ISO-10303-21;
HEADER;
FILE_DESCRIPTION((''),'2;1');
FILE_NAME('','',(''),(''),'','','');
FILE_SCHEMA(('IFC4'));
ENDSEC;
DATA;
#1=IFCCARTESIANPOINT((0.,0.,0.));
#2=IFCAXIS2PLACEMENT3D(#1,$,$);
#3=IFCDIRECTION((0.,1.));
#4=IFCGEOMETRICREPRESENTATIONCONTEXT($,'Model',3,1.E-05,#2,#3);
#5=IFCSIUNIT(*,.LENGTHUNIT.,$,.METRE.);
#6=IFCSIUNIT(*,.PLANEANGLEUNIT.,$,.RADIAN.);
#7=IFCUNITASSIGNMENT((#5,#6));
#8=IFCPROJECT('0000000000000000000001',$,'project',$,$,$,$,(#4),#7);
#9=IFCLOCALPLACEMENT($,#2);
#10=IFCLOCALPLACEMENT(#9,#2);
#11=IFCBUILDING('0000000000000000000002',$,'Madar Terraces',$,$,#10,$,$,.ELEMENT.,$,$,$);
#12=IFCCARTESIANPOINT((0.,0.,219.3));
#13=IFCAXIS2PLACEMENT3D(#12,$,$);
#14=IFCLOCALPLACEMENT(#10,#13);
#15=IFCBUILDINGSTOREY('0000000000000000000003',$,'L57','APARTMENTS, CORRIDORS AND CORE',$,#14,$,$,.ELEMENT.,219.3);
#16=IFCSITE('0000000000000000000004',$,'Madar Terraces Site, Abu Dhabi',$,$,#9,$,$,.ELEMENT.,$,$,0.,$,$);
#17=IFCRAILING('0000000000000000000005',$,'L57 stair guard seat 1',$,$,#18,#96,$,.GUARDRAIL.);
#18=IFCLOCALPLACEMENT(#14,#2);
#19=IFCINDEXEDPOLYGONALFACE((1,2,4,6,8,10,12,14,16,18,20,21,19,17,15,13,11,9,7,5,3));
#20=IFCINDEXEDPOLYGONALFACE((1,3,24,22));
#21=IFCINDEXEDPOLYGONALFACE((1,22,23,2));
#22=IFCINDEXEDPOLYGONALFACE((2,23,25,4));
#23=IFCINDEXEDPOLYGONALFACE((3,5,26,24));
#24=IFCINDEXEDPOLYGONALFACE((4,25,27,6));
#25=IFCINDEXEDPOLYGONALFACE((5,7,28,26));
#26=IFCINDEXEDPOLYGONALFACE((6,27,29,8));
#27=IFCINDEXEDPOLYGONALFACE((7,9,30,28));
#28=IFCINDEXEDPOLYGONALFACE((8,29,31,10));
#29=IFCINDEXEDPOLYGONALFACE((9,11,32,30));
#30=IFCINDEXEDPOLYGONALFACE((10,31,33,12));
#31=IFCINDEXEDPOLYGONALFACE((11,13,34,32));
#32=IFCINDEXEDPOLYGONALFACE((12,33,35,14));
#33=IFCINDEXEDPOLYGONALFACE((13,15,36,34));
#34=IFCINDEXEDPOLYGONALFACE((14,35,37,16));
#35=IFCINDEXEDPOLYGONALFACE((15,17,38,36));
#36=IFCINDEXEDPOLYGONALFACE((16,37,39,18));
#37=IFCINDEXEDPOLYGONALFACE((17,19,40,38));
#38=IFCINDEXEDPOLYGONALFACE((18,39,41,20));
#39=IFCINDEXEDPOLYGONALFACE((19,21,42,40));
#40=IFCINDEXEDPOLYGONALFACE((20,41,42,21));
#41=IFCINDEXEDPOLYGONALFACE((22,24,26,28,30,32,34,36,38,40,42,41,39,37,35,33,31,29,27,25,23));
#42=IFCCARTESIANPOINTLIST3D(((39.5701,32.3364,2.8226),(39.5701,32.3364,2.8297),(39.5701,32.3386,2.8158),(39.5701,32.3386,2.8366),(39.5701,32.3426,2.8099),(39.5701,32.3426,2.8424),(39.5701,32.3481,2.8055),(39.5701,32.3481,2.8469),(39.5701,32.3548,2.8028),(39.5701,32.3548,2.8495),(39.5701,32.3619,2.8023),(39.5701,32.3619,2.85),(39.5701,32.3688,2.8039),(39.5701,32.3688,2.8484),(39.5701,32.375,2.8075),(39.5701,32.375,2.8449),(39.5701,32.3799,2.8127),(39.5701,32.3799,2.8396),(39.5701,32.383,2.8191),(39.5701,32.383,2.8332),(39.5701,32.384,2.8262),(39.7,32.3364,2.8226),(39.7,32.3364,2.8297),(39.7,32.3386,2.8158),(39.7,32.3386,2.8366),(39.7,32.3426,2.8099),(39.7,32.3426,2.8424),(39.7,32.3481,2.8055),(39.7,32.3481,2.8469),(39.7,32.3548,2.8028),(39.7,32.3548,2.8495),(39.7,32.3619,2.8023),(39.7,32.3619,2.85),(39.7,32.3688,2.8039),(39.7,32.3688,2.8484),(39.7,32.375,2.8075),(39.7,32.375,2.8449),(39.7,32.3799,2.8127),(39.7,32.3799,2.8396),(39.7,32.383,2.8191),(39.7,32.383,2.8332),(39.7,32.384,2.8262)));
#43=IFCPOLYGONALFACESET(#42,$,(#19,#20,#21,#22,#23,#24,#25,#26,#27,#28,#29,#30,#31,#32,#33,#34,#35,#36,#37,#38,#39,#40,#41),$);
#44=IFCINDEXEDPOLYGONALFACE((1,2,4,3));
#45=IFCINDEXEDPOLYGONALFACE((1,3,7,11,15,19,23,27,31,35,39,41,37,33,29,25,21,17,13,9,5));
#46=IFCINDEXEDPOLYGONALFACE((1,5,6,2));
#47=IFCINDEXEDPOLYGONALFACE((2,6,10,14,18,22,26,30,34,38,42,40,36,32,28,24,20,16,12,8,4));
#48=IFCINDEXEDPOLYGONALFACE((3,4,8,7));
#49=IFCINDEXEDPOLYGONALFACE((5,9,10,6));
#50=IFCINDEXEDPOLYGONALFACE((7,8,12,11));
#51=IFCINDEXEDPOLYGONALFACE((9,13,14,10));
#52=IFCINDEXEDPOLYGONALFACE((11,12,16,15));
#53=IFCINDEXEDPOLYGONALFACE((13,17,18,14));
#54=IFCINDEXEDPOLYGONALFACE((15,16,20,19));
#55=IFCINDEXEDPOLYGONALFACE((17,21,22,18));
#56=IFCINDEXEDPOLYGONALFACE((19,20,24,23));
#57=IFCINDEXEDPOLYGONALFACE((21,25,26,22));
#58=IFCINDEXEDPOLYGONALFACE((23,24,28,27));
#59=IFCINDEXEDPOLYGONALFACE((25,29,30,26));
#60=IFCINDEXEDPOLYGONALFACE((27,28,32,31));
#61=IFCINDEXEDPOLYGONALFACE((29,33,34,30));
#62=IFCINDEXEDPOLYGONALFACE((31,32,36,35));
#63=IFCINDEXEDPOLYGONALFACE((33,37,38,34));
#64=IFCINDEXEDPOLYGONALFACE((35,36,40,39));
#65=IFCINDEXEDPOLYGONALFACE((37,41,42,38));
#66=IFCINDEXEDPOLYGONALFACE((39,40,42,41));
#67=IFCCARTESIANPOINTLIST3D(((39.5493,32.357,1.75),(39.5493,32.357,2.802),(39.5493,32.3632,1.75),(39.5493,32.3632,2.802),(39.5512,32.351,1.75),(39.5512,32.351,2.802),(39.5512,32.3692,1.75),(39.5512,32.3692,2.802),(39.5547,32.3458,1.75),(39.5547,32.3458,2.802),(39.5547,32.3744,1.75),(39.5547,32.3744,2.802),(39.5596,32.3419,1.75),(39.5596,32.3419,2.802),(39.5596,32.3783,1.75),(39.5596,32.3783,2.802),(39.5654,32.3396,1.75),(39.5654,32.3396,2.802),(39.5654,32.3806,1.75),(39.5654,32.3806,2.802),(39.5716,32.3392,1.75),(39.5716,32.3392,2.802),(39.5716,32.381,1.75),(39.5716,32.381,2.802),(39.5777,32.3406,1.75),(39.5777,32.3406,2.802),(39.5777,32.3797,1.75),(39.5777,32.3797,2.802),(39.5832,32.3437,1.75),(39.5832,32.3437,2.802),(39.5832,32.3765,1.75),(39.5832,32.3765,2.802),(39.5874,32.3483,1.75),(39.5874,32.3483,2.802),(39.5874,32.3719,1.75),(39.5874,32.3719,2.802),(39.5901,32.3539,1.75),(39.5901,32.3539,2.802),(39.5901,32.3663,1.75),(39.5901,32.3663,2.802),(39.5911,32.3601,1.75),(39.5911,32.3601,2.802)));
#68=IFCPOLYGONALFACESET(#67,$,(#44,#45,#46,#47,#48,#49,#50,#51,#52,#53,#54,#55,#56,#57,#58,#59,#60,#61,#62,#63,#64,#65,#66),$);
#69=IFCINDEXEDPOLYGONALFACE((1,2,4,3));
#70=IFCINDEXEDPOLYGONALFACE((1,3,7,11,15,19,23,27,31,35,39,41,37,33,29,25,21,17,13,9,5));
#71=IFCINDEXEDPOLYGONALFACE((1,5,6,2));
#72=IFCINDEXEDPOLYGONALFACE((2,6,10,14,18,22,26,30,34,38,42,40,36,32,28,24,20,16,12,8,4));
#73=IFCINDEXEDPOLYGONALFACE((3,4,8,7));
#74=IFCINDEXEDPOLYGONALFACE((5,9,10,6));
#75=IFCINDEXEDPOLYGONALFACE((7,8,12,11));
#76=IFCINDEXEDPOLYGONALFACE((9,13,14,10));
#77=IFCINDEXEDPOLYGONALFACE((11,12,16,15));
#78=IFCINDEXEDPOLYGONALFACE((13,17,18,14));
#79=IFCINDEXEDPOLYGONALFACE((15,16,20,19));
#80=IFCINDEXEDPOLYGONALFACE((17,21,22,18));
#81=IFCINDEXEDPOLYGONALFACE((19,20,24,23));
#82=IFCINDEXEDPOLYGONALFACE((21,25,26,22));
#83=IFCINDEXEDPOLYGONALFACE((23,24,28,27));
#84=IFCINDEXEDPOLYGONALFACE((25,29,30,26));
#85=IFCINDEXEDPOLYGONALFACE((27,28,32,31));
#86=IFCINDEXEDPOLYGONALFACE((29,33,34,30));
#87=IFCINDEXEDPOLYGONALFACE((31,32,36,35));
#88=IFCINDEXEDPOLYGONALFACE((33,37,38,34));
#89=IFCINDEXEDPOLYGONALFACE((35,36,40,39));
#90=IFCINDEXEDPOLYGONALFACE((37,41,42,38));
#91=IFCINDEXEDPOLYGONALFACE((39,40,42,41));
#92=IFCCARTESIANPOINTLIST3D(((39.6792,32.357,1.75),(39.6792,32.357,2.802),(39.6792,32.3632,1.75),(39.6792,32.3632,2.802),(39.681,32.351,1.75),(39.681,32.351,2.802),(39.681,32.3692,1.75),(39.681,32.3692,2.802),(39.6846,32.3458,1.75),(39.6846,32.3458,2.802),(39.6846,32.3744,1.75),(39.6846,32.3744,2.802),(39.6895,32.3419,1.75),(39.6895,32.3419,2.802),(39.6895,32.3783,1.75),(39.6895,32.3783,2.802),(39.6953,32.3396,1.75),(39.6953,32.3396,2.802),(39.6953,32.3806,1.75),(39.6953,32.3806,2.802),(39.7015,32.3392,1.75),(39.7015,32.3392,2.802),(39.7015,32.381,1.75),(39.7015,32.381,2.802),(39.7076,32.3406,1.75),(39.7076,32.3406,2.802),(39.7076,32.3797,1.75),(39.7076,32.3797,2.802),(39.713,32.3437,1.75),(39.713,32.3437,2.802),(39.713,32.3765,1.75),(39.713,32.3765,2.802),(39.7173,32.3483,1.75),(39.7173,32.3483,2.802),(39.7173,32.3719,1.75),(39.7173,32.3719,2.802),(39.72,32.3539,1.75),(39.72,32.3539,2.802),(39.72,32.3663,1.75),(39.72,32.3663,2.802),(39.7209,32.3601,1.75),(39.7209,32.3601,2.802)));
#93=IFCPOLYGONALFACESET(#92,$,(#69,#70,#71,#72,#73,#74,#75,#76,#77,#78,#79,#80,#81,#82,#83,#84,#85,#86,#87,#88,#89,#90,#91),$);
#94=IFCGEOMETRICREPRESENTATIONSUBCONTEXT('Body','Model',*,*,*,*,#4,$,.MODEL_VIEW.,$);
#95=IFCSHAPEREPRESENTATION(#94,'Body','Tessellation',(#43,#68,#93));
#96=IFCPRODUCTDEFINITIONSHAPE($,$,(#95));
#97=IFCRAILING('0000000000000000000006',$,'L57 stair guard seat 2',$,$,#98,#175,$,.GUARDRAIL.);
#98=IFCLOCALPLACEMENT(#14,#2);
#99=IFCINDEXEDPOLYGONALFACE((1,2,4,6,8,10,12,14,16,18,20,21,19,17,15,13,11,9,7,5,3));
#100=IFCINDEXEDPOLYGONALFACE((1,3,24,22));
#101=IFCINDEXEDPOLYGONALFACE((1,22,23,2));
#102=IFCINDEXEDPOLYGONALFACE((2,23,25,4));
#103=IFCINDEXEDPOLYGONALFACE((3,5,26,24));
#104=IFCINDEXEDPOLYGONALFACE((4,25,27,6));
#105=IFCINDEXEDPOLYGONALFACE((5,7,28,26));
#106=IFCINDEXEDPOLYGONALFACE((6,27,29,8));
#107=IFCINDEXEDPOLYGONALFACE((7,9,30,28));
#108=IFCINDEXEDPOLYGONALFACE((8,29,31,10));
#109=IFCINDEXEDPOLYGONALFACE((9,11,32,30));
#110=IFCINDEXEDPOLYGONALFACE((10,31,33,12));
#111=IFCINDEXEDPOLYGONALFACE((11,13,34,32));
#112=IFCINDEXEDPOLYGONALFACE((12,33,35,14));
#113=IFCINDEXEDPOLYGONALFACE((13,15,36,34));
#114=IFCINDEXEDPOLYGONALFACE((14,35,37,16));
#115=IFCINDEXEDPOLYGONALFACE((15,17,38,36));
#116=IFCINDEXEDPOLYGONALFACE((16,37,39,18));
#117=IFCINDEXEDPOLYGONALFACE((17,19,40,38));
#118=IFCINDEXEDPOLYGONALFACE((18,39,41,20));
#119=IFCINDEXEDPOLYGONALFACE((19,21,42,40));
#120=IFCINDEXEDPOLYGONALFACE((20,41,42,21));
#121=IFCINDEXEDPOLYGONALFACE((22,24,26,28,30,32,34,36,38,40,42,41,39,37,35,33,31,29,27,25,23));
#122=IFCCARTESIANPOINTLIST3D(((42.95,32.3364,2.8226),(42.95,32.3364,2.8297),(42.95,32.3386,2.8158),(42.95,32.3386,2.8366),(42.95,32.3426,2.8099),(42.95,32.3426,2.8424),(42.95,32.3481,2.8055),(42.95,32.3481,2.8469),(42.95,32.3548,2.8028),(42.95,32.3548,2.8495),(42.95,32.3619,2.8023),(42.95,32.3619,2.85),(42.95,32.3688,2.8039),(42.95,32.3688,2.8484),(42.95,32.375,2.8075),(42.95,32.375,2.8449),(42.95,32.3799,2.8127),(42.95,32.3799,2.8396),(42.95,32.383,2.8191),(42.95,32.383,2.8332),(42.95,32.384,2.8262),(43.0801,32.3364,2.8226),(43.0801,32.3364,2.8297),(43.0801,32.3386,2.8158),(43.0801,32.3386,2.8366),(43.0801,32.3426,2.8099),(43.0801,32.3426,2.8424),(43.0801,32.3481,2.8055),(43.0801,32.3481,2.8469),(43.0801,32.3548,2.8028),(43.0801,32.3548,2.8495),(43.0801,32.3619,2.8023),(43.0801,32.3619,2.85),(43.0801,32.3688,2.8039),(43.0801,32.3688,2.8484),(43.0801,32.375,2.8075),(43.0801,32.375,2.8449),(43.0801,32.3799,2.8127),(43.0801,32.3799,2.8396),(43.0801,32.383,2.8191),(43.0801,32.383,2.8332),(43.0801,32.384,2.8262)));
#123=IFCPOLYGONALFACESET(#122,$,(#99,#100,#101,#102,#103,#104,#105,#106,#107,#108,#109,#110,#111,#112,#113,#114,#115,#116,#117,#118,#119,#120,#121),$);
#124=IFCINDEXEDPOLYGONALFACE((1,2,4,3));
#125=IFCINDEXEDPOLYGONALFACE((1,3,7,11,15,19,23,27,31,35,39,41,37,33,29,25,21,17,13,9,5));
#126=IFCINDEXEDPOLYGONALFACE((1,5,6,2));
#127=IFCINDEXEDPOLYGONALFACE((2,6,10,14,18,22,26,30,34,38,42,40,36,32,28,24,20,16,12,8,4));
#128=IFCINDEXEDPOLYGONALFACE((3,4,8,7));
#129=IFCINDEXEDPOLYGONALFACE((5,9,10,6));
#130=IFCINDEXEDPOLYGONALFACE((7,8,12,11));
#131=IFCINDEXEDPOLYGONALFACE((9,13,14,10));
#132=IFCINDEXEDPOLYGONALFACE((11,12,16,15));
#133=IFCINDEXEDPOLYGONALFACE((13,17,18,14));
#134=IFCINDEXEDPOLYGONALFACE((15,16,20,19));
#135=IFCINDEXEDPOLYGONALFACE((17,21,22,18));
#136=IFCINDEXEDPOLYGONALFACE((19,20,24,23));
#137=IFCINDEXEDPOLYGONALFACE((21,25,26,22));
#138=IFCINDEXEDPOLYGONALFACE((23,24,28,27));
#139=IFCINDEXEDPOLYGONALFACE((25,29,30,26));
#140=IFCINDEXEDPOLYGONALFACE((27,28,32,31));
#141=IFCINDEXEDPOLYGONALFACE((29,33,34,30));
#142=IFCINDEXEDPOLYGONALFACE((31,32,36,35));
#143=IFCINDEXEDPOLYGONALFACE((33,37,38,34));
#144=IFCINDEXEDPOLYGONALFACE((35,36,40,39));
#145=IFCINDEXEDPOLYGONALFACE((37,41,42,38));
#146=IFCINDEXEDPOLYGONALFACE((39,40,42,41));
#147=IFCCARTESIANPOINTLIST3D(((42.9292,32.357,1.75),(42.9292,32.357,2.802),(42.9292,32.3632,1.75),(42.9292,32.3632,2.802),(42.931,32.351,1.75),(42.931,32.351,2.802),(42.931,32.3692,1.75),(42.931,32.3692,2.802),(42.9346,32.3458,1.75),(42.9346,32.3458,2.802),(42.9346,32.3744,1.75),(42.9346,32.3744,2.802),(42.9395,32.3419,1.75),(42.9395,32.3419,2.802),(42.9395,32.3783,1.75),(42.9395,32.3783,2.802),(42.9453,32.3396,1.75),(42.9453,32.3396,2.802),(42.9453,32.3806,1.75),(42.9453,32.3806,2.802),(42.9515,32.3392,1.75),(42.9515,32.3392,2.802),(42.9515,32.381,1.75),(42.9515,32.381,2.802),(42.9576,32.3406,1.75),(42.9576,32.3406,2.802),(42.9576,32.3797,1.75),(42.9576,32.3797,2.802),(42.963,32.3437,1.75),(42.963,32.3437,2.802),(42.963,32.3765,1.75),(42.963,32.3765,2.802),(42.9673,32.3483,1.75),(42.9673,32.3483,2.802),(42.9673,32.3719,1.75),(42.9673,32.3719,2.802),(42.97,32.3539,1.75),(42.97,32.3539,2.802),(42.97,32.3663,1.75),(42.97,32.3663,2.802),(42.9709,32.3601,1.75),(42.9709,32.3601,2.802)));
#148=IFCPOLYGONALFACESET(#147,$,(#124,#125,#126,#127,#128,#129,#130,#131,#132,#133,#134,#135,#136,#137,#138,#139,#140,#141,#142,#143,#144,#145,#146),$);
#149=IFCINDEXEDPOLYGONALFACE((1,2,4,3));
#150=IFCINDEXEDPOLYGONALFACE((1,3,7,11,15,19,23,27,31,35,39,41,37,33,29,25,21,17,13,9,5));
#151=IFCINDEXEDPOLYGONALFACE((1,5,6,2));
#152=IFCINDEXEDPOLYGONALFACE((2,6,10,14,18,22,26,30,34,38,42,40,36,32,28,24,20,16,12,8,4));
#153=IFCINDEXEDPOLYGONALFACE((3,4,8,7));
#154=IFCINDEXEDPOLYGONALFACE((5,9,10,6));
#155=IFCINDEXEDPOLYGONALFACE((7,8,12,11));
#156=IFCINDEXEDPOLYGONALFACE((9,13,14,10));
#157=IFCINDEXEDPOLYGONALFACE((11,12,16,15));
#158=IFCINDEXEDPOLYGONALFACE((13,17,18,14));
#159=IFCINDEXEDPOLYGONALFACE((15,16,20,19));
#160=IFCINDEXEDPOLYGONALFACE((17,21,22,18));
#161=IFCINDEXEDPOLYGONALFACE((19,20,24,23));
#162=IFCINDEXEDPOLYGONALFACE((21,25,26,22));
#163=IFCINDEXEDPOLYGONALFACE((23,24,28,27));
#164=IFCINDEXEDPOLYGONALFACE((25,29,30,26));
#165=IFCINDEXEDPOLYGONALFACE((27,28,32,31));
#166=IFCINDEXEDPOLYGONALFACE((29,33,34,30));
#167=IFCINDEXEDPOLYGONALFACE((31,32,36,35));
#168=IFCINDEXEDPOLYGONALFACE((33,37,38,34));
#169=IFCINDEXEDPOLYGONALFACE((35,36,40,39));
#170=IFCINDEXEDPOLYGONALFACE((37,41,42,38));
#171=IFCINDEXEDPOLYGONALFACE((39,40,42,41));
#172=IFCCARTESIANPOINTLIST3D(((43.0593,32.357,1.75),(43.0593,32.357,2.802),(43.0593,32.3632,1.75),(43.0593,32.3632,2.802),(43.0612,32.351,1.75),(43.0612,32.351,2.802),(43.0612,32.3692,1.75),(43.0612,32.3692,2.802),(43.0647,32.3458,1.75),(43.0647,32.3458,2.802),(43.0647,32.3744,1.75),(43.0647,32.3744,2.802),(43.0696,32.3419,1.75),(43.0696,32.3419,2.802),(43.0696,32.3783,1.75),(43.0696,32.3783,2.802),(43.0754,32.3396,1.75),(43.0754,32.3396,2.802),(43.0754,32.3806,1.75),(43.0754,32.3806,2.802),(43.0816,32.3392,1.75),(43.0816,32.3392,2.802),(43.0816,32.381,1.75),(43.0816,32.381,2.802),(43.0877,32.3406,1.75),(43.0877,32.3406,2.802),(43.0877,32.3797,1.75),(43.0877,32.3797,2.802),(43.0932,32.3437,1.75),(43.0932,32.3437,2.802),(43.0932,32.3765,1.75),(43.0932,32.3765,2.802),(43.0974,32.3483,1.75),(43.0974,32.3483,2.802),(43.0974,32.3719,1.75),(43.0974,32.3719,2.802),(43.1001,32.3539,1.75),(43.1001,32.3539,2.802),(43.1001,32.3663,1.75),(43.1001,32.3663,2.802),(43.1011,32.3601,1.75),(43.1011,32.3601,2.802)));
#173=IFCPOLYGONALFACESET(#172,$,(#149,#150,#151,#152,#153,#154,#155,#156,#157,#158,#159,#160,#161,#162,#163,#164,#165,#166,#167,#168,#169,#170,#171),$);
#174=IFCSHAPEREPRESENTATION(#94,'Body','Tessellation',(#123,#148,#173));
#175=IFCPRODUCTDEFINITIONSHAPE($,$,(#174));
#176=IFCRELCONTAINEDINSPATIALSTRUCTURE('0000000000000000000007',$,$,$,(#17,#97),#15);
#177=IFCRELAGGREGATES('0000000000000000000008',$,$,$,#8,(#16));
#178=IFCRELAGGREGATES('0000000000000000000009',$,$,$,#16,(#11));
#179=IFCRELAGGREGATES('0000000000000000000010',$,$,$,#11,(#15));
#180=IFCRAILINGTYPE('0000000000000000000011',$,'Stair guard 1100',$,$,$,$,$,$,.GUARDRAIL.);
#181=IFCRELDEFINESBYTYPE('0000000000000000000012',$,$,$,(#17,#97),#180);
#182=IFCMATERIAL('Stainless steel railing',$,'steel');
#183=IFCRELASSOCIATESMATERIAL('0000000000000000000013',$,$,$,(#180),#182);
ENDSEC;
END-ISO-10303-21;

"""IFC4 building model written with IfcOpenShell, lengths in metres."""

from ifc_helpers import new_model, si_unit, direction, frame, origin, origin_2d, place, context, subcontext, project, spatial, circle, extrude, material, type_object, element, save


model = new_model("IFC4")

# Units and contexts
model_context = context("Model", 3, precision=1e-05, world=origin(), true_north=direction((0.0, 1.0)))
body_context = subcontext(model_context, "Body", "Model", "MODEL_VIEW")
ifc_project = project(units=[si_unit("LENGTHUNIT", "METRE"), si_unit("PLANEANGLEUNIT", "RADIAN")], contexts=[model_context])

# Site, building, storey
site_placement = place(None, origin())
site = spatial("IfcSite", under=ifc_project, at=site_placement, Name="Madar Terraces Site, Abu Dhabi", CompositionType="ELEMENT", RefElevation=0.0)
building_placement = place(site_placement, origin())
building = spatial("IfcBuilding", under=site, at=building_placement, Name="Madar Terraces", CompositionType="ELEMENT")
storey_placement = place(building_placement, frame((0.0, 0.0, 219.3)))
storey = spatial("IfcBuildingStorey", under=building, at=storey_placement, Name="L57", Description="APARTMENTS, CORRIDORS AND CORE", CompositionType="ELEMENT", Elevation=219.3)

# Railings
ifc_material_1 = material(Name="Stainless steel railing", Category="steel")
railing_type_1 = type_object("IfcRailingType", Name="Stair guard 1100", PredefinedType="GUARDRAIL", material=ifc_material_1)
railing_1_placement = place(storey_placement, frame((39.5701, 32.3601, 1.75)))
element("IfcRailing", 1, at=railing_1_placement, inside=storey, type_object=railing_type_1, Name="L57 stair guard seat 1", PredefinedType="GUARDRAIL", context=body_context, shape_type="SweptSolid", body=[
    extrude(circle(Radius=0.0239, at=origin_2d()), frame((0.0, 0.0, 1.0762), z_axis=(1.0, 0.0, 0.0), x_axis=(0.0, 1.0, 0.0)), (0.0, 0.0, 1.0), 0.1299),
    extrude(circle(Radius=0.021, at=origin_2d()), origin(), (0.0, 0.0, 1.0), 1.052),
    extrude(circle(Radius=0.021, at=origin_2d()), frame((0.1299, 0.0, 0.0)), (0.0, 0.0, 1.0), 1.052),
])
railing_2_placement = place(storey_placement, frame((42.95, 32.3601, 1.75)))
element("IfcRailing", 2, at=railing_2_placement, inside=storey, type_object=railing_type_1, Name="L57 stair guard seat 2", PredefinedType="GUARDRAIL", context=body_context, shape_type="SweptSolid", body=[
    extrude(circle(Radius=0.0239, at=origin_2d()), frame((0.0, 0.0, 1.0762), z_axis=(1.0, 0.0, 0.0), x_axis=(0.0, 1.0, 0.0)), (0.0, 0.0, 1.0), 0.1301),
    extrude(circle(Radius=0.021, at=origin_2d()), origin(), (0.0, 0.0, 1.0), 1.052),
    extrude(circle(Radius=0.021, at=origin_2d()), frame((0.1301, 0.0, 0.0)), (0.0, 0.0, 1.0), 1.052),
])

save(model, "model.ifc")
